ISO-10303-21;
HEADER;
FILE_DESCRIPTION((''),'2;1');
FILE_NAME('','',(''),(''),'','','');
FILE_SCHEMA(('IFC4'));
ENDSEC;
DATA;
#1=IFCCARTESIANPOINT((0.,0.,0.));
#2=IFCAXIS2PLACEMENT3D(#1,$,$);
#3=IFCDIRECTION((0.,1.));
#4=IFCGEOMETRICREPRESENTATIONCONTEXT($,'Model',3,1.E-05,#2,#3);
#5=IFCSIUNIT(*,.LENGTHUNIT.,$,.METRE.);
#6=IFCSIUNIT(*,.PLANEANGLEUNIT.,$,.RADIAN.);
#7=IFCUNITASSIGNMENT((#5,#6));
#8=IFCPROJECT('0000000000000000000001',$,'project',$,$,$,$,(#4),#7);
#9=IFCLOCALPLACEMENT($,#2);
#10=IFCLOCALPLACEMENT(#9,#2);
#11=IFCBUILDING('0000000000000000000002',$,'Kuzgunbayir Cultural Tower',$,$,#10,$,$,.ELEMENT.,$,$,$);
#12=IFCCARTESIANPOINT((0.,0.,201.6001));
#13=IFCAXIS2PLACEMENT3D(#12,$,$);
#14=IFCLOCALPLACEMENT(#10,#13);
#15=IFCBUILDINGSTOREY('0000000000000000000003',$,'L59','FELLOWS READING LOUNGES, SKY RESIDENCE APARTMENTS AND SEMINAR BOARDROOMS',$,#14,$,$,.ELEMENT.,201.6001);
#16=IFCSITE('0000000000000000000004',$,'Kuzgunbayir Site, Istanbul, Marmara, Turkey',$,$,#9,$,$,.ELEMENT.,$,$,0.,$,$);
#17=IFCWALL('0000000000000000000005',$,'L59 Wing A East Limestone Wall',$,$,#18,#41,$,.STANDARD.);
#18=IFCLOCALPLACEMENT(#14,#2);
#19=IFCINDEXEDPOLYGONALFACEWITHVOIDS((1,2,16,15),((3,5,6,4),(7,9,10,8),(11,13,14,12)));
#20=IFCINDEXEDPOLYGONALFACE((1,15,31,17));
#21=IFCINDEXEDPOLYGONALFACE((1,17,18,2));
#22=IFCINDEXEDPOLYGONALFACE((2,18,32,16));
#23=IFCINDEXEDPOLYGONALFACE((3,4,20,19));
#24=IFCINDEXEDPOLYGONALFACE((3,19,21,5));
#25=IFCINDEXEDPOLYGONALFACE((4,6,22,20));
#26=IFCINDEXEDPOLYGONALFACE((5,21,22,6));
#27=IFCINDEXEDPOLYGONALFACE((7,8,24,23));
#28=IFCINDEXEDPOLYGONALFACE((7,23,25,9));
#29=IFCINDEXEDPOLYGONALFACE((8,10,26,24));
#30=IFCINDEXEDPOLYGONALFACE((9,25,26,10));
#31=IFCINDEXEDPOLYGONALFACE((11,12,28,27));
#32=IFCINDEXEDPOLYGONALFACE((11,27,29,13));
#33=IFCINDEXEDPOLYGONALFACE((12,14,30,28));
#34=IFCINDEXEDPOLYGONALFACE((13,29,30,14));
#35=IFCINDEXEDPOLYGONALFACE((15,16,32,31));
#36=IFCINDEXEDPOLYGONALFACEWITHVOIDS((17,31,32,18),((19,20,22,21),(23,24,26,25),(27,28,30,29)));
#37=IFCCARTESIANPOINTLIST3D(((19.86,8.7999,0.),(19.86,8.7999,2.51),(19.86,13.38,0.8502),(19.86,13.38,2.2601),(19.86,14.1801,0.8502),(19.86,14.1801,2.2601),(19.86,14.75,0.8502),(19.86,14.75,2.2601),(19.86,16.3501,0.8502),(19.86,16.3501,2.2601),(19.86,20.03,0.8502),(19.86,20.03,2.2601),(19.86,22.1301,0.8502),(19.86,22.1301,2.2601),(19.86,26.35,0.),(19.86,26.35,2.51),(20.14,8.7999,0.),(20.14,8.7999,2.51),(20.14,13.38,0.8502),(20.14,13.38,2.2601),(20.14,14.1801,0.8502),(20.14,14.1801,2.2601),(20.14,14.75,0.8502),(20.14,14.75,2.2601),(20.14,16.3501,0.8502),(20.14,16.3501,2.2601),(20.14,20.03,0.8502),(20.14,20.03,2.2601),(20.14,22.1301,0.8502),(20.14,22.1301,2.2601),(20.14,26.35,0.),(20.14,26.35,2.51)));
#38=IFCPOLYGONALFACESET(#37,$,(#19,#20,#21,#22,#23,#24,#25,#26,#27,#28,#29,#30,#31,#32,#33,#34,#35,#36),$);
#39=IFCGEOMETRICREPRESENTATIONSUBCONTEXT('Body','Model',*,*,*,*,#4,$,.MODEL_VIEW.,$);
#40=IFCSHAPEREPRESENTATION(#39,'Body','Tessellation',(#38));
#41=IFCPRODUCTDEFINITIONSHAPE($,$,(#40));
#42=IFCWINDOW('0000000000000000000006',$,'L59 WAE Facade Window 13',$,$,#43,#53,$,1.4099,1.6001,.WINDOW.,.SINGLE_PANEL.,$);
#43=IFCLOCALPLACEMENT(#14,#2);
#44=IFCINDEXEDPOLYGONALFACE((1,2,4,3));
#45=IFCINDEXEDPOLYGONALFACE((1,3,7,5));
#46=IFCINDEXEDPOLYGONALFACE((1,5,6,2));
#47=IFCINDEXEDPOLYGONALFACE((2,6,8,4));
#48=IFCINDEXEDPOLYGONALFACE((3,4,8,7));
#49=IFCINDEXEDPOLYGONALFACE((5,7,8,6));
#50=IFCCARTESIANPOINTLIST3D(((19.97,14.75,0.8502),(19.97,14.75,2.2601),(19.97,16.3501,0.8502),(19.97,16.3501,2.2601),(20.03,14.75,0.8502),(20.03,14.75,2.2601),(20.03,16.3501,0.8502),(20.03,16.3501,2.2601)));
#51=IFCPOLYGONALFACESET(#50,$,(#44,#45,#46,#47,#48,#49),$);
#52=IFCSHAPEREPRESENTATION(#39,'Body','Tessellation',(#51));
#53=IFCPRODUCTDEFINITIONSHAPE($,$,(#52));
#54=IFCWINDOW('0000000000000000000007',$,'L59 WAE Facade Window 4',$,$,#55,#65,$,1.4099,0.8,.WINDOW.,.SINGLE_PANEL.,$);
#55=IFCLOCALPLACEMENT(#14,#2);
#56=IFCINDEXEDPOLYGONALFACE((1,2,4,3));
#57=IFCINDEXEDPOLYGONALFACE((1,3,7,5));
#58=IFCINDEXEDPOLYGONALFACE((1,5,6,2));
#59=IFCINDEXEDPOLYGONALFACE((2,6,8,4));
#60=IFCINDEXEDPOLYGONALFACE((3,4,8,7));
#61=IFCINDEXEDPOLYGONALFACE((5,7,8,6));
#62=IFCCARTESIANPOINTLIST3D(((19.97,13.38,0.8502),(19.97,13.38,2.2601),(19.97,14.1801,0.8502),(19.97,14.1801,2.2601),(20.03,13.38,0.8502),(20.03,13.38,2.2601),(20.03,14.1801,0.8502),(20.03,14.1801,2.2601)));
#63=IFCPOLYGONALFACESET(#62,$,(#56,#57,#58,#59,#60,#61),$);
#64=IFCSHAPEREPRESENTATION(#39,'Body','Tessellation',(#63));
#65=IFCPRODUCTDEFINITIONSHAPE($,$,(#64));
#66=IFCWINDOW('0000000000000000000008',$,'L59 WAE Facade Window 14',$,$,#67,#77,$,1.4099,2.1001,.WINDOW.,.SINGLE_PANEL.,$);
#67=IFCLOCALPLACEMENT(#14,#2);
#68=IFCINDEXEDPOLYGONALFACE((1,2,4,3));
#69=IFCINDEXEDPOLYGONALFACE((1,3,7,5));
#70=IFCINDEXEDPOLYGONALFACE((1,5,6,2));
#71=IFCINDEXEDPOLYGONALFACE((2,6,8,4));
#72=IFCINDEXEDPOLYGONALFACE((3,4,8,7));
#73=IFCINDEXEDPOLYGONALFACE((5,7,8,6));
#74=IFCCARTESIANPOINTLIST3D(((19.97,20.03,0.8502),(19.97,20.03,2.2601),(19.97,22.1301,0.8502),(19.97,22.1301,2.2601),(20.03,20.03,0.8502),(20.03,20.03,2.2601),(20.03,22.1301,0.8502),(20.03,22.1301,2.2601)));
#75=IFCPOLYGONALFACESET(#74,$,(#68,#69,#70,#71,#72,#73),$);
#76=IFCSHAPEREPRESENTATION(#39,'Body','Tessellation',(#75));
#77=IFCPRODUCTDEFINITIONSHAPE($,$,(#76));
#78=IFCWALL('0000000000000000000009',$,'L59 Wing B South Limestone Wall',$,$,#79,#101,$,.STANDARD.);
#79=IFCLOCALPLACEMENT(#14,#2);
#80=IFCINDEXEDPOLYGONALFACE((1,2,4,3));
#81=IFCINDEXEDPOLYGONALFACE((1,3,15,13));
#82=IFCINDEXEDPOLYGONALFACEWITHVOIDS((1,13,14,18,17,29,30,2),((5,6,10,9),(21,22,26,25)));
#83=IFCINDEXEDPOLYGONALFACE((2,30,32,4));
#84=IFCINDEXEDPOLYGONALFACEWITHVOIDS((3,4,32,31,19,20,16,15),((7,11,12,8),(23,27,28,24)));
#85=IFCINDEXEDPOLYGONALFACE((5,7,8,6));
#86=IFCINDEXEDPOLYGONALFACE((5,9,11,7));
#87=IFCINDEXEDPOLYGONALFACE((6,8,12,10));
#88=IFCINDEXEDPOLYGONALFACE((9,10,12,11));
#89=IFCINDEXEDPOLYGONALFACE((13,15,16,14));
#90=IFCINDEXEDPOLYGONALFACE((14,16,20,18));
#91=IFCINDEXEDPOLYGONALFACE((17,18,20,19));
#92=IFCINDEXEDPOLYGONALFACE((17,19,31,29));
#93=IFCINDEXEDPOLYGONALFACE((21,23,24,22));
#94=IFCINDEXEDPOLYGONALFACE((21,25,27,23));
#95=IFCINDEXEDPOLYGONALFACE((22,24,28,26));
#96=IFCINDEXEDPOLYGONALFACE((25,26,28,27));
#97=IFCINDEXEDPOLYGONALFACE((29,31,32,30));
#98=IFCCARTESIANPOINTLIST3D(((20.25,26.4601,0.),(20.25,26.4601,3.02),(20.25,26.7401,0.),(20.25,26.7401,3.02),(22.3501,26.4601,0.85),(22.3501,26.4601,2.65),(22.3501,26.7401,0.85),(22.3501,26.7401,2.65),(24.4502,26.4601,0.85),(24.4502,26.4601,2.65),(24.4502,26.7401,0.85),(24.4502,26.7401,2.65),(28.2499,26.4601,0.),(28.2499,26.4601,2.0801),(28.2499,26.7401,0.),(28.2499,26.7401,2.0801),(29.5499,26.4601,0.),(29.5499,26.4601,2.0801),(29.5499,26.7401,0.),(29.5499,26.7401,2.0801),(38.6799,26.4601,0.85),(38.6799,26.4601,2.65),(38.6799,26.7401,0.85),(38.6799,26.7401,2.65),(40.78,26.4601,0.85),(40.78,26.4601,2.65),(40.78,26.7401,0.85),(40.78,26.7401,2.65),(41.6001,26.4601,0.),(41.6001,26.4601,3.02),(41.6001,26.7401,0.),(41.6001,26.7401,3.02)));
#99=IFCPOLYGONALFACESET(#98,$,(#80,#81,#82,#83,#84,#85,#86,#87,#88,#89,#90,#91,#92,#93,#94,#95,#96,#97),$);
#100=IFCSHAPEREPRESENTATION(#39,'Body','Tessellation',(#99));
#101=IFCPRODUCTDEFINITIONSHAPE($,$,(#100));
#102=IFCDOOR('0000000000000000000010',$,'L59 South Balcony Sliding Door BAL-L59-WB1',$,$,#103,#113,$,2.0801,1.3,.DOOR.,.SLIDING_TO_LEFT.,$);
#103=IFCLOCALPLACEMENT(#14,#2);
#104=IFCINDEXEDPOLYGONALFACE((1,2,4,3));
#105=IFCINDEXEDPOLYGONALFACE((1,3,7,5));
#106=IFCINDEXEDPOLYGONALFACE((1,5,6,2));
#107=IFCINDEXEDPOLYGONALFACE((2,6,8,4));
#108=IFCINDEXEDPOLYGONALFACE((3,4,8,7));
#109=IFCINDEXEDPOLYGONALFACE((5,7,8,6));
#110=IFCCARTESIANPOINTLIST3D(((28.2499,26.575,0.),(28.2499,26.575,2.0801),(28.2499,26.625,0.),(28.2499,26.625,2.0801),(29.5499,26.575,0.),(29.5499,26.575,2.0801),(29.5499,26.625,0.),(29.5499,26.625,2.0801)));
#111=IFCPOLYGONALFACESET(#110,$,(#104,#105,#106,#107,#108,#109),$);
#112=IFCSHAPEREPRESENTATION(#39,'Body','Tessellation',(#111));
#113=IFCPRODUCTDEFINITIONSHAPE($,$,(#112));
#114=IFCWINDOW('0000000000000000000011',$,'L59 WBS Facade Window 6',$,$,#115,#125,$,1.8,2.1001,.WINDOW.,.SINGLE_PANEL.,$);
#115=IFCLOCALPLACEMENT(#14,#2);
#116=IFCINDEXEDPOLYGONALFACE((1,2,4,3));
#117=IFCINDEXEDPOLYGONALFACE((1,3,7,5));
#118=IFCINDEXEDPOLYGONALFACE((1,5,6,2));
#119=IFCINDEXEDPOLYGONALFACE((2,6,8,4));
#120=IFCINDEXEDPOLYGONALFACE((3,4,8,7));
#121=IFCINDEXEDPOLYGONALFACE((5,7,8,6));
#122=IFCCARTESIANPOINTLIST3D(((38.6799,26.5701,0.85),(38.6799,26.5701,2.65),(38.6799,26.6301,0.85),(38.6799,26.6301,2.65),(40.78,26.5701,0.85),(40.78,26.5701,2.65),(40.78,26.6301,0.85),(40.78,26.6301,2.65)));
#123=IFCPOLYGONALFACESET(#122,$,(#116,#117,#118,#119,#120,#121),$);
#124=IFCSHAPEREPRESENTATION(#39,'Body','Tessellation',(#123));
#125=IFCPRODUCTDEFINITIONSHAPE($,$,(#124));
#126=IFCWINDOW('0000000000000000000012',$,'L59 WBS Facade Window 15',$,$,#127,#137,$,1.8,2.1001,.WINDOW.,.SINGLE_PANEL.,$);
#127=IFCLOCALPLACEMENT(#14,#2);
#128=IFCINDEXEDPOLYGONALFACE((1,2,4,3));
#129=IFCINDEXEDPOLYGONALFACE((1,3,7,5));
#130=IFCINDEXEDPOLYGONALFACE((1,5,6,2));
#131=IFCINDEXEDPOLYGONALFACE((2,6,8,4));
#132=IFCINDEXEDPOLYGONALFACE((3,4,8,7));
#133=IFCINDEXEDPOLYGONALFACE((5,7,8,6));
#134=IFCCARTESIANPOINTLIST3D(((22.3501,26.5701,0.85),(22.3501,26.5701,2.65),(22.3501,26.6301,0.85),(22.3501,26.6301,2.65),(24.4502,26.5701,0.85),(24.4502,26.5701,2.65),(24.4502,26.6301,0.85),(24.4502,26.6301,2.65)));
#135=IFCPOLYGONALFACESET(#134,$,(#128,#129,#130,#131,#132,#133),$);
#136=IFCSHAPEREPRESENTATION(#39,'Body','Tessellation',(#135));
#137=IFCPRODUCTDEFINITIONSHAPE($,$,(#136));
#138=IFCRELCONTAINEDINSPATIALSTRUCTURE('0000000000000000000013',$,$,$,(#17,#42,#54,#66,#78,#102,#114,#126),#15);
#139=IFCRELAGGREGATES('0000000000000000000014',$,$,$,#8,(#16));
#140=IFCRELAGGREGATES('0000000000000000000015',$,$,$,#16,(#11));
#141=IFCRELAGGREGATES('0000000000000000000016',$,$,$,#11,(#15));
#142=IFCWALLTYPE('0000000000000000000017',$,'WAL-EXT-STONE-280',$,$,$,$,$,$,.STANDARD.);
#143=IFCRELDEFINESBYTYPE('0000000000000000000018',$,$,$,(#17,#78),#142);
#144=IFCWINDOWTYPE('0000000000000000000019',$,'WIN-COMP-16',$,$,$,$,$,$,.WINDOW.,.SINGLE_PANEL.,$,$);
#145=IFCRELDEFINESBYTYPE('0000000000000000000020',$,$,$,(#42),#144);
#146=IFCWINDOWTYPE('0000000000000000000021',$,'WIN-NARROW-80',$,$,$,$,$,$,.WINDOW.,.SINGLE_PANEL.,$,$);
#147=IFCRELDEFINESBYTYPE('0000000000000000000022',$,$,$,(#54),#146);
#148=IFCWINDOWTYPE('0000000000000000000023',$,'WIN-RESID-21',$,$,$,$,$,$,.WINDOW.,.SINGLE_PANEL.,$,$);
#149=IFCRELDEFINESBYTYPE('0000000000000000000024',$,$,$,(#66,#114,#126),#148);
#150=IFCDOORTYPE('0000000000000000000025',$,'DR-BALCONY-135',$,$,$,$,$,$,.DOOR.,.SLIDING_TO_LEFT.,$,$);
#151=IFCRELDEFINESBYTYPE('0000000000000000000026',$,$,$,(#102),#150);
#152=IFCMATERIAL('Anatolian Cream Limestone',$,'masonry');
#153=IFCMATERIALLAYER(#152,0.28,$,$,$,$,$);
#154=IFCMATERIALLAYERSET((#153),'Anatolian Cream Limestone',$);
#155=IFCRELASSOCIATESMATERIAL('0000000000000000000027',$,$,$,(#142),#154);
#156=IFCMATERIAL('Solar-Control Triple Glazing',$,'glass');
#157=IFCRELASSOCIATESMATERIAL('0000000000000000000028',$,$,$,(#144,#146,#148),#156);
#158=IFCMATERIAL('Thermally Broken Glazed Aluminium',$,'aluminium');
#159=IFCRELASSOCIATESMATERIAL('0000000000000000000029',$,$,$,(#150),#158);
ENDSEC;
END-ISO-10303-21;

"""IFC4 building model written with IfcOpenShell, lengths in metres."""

from ifc_helpers import new_model, si_unit, direction, frame, frame_2d, origin, place, context, subcontext, project, spatial, rectangle, extrude, material, layer, layer_set, type_object, element, fill, save


model = new_model("IFC4")

# Units and contexts
model_context = context("Model", 3, precision=1e-05, world=origin(), true_north=direction((0.0, 1.0)))
body_context = subcontext(model_context, "Body", "Model", "MODEL_VIEW")
ifc_project = project(units=[si_unit("LENGTHUNIT", "METRE"), si_unit("PLANEANGLEUNIT", "RADIAN")], contexts=[model_context])

# Site, building, storey
site_placement = place(None, origin())
site = spatial("IfcSite", under=ifc_project, at=site_placement, Name="Kuzgunbayir Site, Istanbul, Marmara, Turkey", CompositionType="ELEMENT", RefElevation=0.0)
building_placement = place(site_placement, origin())
building = spatial("IfcBuilding", under=site, at=building_placement, Name="Kuzgunbayir Cultural Tower", CompositionType="ELEMENT")
storey_placement = place(building_placement, frame((0.0, 0.0, 201.6001)))
storey = spatial("IfcBuildingStorey", under=building, at=storey_placement, Name="L59", Description="FELLOWS READING LOUNGES, SKY RESIDENCE APARTMENTS AND SEMINAR BOARDROOMS", CompositionType="ELEMENT", Elevation=201.6001)

# Wall, openings, windows
ifc_material_1 = material(Name="Anatolian Cream Limestone", Category="masonry")
ifc_layer_1 = layer(ifc_material_1, 0.28)
ifc_layer_set_1 = layer_set([ifc_layer_1], Name="Anatolian Cream Limestone")
wall_type_1 = type_object("IfcWallType", Name="WAL-EXT-STONE-280", PredefinedType="STANDARD", material=ifc_layer_set_1)
wall_1_placement = place(storey_placement, frame((20.0, 8.8, 0.0), z_axis=(0.0, 0.0, 1.0), x_axis=(0.0, 1.0, 0.0)))
wall_1 = element("IfcWall", 1, at=wall_1_placement, inside=storey, type_object=wall_type_1, Name="L59 Wing A East Limestone Wall", PredefinedType="STANDARD", context=body_context, shape_type="SweptSolid", body=[
    extrude(rectangle(XDim=17.55, YDim=0.28, at=frame_2d((8.7749, 0.0))), origin(), (0.0, 0.0, 1.0), 2.51),
])
opening_1_placement = place(wall_1_placement, frame((4.5801, 0.0, 0.8501)))
opening_1 = element("IfcOpeningElement", 2, at=opening_1_placement, cuts=wall_1, PredefinedType="OPENING", context=body_context, shape_type="SweptSolid", body=[
    extrude(rectangle(XDim=0.8, YDim=1.4099, at=frame_2d((0.3999, 0.7051))), frame((0.0, 0.1499, 0.0), z_axis=(0.0, -1.0, 0.0), x_axis=(1.0, 0.0, 0.0)), (0.0, 0.0, 1.0), 0.3),
])
opening_2_placement = place(wall_1_placement, frame((5.95, 0.0, 0.8501)))
opening_2 = element("IfcOpeningElement", 3, at=opening_2_placement, cuts=wall_1, PredefinedType="OPENING", context=body_context, shape_type="SweptSolid", body=[
    extrude(rectangle(XDim=1.6001, YDim=1.4099, at=frame_2d((0.8, 0.7051))), frame((0.0, 0.1499, 0.0), z_axis=(0.0, -1.0, 0.0), x_axis=(1.0, 0.0, 0.0)), (0.0, 0.0, 1.0), 0.3),
])
opening_3_placement = place(wall_1_placement, frame((11.23, 0.0, 0.8501)))
opening_3 = element("IfcOpeningElement", 4, at=opening_3_placement, cuts=wall_1, PredefinedType="OPENING", context=body_context, shape_type="SweptSolid", body=[
    extrude(rectangle(XDim=2.1001, YDim=1.4099, at=frame_2d((1.05, 0.7051))), frame((0.0, 0.1499, 0.0), z_axis=(0.0, -1.0, 0.0), x_axis=(1.0, 0.0, 0.0)), (0.0, 0.0, 1.0), 0.3),
])
ifc_material_2 = material(Name="Solar-Control Triple Glazing", Category="glass")
window_type_1 = type_object("IfcWindowType", Name="WIN-COMP-16", PartitioningType="SINGLE_PANEL", PredefinedType="WINDOW", material=ifc_material_2)
window_1_placement = place(opening_2_placement, origin())
window_1 = element("IfcWindow", 5, at=window_1_placement, inside=storey, type_object=window_type_1, Name="L59 WAE Facade Window 13", OverallHeight=1.4099, OverallWidth=1.6001, PartitioningType="SINGLE_PANEL", PredefinedType="WINDOW", context=body_context, shape_type="SweptSolid", body=[
    extrude(rectangle(XDim=1.6001, YDim=1.4099, at=frame_2d((0.8, 0.7051))), frame((0.0, 0.03, 0.0), z_axis=(0.0, -1.0, 0.0), x_axis=(1.0, 0.0, 0.0)), (0.0, 0.0, 1.0), 0.0601),
])
fill(opening_2, window_1)
window_type_2 = type_object("IfcWindowType", Name="WIN-NARROW-80", PartitioningType="SINGLE_PANEL", PredefinedType="WINDOW", material=ifc_material_2)
window_2_placement = place(opening_1_placement, origin())
window_2 = element("IfcWindow", 6, at=window_2_placement, inside=storey, type_object=window_type_2, Name="L59 WAE Facade Window 4", OverallHeight=1.4099, OverallWidth=0.8, PartitioningType="SINGLE_PANEL", PredefinedType="WINDOW", context=body_context, shape_type="SweptSolid", body=[
    extrude(rectangle(XDim=0.8, YDim=1.4099, at=frame_2d((0.3999, 0.7051))), frame((0.0, 0.03, 0.0), z_axis=(0.0, -1.0, 0.0), x_axis=(1.0, 0.0, 0.0)), (0.0, 0.0, 1.0), 0.0601),
])
fill(opening_1, window_2)
window_type_3 = type_object("IfcWindowType", Name="WIN-RESID-21", PartitioningType="SINGLE_PANEL", PredefinedType="WINDOW", material=ifc_material_2)
window_3_placement = place(opening_3_placement, origin())
window_3 = element("IfcWindow", 7, at=window_3_placement, inside=storey, type_object=window_type_3, Name="L59 WAE Facade Window 14", OverallHeight=1.4099, OverallWidth=2.1001, PartitioningType="SINGLE_PANEL", PredefinedType="WINDOW", context=body_context, shape_type="SweptSolid", body=[
    extrude(rectangle(XDim=2.1001, YDim=1.4099, at=frame_2d((1.05, 0.7051))), frame((0.0, 0.03, 0.0), z_axis=(0.0, -1.0, 0.0), x_axis=(1.0, 0.0, 0.0)), (0.0, 0.0, 1.0), 0.0601),
])
fill(opening_3, window_3)

# Wall, openings, door, windows
wall_2_placement = place(storey_placement, frame((20.25, 26.6001, 0.0), z_axis=(0.0, 0.0, 1.0), x_axis=(1.0, 0.0, 0.0)))
wall_2 = element("IfcWall", 8, at=wall_2_placement, inside=storey, type_object=wall_type_1, Name="L59 Wing B South Limestone Wall", PredefinedType="STANDARD", context=body_context, shape_type="SweptSolid", body=[
    extrude(rectangle(XDim=21.3501, YDim=0.28, at=frame_2d((10.675, 0.0))), origin(), (0.0, 0.0, 1.0), 3.02),
])
opening_4_placement = place(wall_2_placement, frame((8.0, 0.0, 0.0)))
opening_4 = element("IfcOpeningElement", 9, at=opening_4_placement, cuts=wall_2, PredefinedType="OPENING", context=body_context, shape_type="SweptSolid", body=[
    extrude(rectangle(XDim=1.3, YDim=2.0801, at=frame_2d((0.6499, 1.04))), frame((0.0, 0.1499, 0.0), z_axis=(0.0, -1.0, 0.0), x_axis=(1.0, 0.0, 0.0)), (0.0, 0.0, 1.0), 0.3),
])
opening_5_placement = place(wall_2_placement, frame((18.4299, 0.0, 0.8501)))
opening_5 = element("IfcOpeningElement", 10, at=opening_5_placement, cuts=wall_2, PredefinedType="OPENING", context=body_context, shape_type="SweptSolid", body=[
    extrude(rectangle(XDim=2.1001, YDim=1.8, at=frame_2d((1.05, 0.8999))), frame((0.0, 0.1499, 0.0), z_axis=(0.0, -1.0, 0.0), x_axis=(1.0, 0.0, 0.0)), (0.0, 0.0, 1.0), 0.3),
])
opening_6_placement = place(wall_2_placement, frame((2.1001, 0.0, 0.8501)))
opening_6 = element("IfcOpeningElement", 11, at=opening_6_placement, cuts=wall_2, PredefinedType="OPENING", context=body_context, shape_type="SweptSolid", body=[
    extrude(rectangle(XDim=2.1001, YDim=1.8, at=frame_2d((1.05, 0.8999))), frame((0.0, 0.1499, 0.0), z_axis=(0.0, -1.0, 0.0), x_axis=(1.0, 0.0, 0.0)), (0.0, 0.0, 1.0), 0.3),
])
ifc_material_3 = material(Name="Thermally Broken Glazed Aluminium", Category="aluminium")
door_type_1 = type_object("IfcDoorType", Name="DR-BALCONY-135", OperationType="SLIDING_TO_LEFT", PredefinedType="DOOR", material=ifc_material_3)
door_1_placement = place(opening_4_placement, origin())
door_1 = element("IfcDoor", 12, at=door_1_placement, inside=storey, type_object=door_type_1, Name="L59 South Balcony Sliding Door BAL-L59-WB1", OperationType="SLIDING_TO_LEFT", OverallHeight=2.0801, OverallWidth=1.3, PredefinedType="DOOR", context=body_context, shape_type="SweptSolid", body=[
    extrude(rectangle(XDim=1.3, YDim=2.0801, at=frame_2d((0.6499, 1.04))), frame((0.0, 0.0249, 0.0), z_axis=(0.0, -1.0, 0.0), x_axis=(1.0, 0.0, 0.0)), (0.0, 0.0, 1.0), 0.05),
])
fill(opening_4, door_1)
window_4_placement = place(opening_5_placement, origin())
window_4 = element("IfcWindow", 13, at=window_4_placement, inside=storey, type_object=window_type_3, Name="L59 WBS Facade Window 6", OverallHeight=1.8, OverallWidth=2.1001, PartitioningType="SINGLE_PANEL", PredefinedType="WINDOW", context=body_context, shape_type="SweptSolid", body=[
    extrude(rectangle(XDim=2.1001, YDim=1.8, at=frame_2d((1.05, 0.8999))), frame((0.0, 0.03, 0.0), z_axis=(0.0, -1.0, 0.0), x_axis=(1.0, 0.0, 0.0)), (0.0, 0.0, 1.0), 0.0601),
])
fill(opening_5, window_4)
window_5_placement = place(opening_6_placement, origin())
window_5 = element("IfcWindow", 14, at=window_5_placement, inside=storey, type_object=window_type_3, Name="L59 WBS Facade Window 15", OverallHeight=1.8, OverallWidth=2.1001, PartitioningType="SINGLE_PANEL", PredefinedType="WINDOW", context=body_context, shape_type="SweptSolid", body=[
    extrude(rectangle(XDim=2.1001, YDim=1.8, at=frame_2d((1.05, 0.8999))), frame((0.0, 0.03, 0.0), z_axis=(0.0, -1.0, 0.0), x_axis=(1.0, 0.0, 0.0)), (0.0, 0.0, 1.0), 0.0601),
])
fill(opening_6, window_5)

save(model, "model.ifc")
